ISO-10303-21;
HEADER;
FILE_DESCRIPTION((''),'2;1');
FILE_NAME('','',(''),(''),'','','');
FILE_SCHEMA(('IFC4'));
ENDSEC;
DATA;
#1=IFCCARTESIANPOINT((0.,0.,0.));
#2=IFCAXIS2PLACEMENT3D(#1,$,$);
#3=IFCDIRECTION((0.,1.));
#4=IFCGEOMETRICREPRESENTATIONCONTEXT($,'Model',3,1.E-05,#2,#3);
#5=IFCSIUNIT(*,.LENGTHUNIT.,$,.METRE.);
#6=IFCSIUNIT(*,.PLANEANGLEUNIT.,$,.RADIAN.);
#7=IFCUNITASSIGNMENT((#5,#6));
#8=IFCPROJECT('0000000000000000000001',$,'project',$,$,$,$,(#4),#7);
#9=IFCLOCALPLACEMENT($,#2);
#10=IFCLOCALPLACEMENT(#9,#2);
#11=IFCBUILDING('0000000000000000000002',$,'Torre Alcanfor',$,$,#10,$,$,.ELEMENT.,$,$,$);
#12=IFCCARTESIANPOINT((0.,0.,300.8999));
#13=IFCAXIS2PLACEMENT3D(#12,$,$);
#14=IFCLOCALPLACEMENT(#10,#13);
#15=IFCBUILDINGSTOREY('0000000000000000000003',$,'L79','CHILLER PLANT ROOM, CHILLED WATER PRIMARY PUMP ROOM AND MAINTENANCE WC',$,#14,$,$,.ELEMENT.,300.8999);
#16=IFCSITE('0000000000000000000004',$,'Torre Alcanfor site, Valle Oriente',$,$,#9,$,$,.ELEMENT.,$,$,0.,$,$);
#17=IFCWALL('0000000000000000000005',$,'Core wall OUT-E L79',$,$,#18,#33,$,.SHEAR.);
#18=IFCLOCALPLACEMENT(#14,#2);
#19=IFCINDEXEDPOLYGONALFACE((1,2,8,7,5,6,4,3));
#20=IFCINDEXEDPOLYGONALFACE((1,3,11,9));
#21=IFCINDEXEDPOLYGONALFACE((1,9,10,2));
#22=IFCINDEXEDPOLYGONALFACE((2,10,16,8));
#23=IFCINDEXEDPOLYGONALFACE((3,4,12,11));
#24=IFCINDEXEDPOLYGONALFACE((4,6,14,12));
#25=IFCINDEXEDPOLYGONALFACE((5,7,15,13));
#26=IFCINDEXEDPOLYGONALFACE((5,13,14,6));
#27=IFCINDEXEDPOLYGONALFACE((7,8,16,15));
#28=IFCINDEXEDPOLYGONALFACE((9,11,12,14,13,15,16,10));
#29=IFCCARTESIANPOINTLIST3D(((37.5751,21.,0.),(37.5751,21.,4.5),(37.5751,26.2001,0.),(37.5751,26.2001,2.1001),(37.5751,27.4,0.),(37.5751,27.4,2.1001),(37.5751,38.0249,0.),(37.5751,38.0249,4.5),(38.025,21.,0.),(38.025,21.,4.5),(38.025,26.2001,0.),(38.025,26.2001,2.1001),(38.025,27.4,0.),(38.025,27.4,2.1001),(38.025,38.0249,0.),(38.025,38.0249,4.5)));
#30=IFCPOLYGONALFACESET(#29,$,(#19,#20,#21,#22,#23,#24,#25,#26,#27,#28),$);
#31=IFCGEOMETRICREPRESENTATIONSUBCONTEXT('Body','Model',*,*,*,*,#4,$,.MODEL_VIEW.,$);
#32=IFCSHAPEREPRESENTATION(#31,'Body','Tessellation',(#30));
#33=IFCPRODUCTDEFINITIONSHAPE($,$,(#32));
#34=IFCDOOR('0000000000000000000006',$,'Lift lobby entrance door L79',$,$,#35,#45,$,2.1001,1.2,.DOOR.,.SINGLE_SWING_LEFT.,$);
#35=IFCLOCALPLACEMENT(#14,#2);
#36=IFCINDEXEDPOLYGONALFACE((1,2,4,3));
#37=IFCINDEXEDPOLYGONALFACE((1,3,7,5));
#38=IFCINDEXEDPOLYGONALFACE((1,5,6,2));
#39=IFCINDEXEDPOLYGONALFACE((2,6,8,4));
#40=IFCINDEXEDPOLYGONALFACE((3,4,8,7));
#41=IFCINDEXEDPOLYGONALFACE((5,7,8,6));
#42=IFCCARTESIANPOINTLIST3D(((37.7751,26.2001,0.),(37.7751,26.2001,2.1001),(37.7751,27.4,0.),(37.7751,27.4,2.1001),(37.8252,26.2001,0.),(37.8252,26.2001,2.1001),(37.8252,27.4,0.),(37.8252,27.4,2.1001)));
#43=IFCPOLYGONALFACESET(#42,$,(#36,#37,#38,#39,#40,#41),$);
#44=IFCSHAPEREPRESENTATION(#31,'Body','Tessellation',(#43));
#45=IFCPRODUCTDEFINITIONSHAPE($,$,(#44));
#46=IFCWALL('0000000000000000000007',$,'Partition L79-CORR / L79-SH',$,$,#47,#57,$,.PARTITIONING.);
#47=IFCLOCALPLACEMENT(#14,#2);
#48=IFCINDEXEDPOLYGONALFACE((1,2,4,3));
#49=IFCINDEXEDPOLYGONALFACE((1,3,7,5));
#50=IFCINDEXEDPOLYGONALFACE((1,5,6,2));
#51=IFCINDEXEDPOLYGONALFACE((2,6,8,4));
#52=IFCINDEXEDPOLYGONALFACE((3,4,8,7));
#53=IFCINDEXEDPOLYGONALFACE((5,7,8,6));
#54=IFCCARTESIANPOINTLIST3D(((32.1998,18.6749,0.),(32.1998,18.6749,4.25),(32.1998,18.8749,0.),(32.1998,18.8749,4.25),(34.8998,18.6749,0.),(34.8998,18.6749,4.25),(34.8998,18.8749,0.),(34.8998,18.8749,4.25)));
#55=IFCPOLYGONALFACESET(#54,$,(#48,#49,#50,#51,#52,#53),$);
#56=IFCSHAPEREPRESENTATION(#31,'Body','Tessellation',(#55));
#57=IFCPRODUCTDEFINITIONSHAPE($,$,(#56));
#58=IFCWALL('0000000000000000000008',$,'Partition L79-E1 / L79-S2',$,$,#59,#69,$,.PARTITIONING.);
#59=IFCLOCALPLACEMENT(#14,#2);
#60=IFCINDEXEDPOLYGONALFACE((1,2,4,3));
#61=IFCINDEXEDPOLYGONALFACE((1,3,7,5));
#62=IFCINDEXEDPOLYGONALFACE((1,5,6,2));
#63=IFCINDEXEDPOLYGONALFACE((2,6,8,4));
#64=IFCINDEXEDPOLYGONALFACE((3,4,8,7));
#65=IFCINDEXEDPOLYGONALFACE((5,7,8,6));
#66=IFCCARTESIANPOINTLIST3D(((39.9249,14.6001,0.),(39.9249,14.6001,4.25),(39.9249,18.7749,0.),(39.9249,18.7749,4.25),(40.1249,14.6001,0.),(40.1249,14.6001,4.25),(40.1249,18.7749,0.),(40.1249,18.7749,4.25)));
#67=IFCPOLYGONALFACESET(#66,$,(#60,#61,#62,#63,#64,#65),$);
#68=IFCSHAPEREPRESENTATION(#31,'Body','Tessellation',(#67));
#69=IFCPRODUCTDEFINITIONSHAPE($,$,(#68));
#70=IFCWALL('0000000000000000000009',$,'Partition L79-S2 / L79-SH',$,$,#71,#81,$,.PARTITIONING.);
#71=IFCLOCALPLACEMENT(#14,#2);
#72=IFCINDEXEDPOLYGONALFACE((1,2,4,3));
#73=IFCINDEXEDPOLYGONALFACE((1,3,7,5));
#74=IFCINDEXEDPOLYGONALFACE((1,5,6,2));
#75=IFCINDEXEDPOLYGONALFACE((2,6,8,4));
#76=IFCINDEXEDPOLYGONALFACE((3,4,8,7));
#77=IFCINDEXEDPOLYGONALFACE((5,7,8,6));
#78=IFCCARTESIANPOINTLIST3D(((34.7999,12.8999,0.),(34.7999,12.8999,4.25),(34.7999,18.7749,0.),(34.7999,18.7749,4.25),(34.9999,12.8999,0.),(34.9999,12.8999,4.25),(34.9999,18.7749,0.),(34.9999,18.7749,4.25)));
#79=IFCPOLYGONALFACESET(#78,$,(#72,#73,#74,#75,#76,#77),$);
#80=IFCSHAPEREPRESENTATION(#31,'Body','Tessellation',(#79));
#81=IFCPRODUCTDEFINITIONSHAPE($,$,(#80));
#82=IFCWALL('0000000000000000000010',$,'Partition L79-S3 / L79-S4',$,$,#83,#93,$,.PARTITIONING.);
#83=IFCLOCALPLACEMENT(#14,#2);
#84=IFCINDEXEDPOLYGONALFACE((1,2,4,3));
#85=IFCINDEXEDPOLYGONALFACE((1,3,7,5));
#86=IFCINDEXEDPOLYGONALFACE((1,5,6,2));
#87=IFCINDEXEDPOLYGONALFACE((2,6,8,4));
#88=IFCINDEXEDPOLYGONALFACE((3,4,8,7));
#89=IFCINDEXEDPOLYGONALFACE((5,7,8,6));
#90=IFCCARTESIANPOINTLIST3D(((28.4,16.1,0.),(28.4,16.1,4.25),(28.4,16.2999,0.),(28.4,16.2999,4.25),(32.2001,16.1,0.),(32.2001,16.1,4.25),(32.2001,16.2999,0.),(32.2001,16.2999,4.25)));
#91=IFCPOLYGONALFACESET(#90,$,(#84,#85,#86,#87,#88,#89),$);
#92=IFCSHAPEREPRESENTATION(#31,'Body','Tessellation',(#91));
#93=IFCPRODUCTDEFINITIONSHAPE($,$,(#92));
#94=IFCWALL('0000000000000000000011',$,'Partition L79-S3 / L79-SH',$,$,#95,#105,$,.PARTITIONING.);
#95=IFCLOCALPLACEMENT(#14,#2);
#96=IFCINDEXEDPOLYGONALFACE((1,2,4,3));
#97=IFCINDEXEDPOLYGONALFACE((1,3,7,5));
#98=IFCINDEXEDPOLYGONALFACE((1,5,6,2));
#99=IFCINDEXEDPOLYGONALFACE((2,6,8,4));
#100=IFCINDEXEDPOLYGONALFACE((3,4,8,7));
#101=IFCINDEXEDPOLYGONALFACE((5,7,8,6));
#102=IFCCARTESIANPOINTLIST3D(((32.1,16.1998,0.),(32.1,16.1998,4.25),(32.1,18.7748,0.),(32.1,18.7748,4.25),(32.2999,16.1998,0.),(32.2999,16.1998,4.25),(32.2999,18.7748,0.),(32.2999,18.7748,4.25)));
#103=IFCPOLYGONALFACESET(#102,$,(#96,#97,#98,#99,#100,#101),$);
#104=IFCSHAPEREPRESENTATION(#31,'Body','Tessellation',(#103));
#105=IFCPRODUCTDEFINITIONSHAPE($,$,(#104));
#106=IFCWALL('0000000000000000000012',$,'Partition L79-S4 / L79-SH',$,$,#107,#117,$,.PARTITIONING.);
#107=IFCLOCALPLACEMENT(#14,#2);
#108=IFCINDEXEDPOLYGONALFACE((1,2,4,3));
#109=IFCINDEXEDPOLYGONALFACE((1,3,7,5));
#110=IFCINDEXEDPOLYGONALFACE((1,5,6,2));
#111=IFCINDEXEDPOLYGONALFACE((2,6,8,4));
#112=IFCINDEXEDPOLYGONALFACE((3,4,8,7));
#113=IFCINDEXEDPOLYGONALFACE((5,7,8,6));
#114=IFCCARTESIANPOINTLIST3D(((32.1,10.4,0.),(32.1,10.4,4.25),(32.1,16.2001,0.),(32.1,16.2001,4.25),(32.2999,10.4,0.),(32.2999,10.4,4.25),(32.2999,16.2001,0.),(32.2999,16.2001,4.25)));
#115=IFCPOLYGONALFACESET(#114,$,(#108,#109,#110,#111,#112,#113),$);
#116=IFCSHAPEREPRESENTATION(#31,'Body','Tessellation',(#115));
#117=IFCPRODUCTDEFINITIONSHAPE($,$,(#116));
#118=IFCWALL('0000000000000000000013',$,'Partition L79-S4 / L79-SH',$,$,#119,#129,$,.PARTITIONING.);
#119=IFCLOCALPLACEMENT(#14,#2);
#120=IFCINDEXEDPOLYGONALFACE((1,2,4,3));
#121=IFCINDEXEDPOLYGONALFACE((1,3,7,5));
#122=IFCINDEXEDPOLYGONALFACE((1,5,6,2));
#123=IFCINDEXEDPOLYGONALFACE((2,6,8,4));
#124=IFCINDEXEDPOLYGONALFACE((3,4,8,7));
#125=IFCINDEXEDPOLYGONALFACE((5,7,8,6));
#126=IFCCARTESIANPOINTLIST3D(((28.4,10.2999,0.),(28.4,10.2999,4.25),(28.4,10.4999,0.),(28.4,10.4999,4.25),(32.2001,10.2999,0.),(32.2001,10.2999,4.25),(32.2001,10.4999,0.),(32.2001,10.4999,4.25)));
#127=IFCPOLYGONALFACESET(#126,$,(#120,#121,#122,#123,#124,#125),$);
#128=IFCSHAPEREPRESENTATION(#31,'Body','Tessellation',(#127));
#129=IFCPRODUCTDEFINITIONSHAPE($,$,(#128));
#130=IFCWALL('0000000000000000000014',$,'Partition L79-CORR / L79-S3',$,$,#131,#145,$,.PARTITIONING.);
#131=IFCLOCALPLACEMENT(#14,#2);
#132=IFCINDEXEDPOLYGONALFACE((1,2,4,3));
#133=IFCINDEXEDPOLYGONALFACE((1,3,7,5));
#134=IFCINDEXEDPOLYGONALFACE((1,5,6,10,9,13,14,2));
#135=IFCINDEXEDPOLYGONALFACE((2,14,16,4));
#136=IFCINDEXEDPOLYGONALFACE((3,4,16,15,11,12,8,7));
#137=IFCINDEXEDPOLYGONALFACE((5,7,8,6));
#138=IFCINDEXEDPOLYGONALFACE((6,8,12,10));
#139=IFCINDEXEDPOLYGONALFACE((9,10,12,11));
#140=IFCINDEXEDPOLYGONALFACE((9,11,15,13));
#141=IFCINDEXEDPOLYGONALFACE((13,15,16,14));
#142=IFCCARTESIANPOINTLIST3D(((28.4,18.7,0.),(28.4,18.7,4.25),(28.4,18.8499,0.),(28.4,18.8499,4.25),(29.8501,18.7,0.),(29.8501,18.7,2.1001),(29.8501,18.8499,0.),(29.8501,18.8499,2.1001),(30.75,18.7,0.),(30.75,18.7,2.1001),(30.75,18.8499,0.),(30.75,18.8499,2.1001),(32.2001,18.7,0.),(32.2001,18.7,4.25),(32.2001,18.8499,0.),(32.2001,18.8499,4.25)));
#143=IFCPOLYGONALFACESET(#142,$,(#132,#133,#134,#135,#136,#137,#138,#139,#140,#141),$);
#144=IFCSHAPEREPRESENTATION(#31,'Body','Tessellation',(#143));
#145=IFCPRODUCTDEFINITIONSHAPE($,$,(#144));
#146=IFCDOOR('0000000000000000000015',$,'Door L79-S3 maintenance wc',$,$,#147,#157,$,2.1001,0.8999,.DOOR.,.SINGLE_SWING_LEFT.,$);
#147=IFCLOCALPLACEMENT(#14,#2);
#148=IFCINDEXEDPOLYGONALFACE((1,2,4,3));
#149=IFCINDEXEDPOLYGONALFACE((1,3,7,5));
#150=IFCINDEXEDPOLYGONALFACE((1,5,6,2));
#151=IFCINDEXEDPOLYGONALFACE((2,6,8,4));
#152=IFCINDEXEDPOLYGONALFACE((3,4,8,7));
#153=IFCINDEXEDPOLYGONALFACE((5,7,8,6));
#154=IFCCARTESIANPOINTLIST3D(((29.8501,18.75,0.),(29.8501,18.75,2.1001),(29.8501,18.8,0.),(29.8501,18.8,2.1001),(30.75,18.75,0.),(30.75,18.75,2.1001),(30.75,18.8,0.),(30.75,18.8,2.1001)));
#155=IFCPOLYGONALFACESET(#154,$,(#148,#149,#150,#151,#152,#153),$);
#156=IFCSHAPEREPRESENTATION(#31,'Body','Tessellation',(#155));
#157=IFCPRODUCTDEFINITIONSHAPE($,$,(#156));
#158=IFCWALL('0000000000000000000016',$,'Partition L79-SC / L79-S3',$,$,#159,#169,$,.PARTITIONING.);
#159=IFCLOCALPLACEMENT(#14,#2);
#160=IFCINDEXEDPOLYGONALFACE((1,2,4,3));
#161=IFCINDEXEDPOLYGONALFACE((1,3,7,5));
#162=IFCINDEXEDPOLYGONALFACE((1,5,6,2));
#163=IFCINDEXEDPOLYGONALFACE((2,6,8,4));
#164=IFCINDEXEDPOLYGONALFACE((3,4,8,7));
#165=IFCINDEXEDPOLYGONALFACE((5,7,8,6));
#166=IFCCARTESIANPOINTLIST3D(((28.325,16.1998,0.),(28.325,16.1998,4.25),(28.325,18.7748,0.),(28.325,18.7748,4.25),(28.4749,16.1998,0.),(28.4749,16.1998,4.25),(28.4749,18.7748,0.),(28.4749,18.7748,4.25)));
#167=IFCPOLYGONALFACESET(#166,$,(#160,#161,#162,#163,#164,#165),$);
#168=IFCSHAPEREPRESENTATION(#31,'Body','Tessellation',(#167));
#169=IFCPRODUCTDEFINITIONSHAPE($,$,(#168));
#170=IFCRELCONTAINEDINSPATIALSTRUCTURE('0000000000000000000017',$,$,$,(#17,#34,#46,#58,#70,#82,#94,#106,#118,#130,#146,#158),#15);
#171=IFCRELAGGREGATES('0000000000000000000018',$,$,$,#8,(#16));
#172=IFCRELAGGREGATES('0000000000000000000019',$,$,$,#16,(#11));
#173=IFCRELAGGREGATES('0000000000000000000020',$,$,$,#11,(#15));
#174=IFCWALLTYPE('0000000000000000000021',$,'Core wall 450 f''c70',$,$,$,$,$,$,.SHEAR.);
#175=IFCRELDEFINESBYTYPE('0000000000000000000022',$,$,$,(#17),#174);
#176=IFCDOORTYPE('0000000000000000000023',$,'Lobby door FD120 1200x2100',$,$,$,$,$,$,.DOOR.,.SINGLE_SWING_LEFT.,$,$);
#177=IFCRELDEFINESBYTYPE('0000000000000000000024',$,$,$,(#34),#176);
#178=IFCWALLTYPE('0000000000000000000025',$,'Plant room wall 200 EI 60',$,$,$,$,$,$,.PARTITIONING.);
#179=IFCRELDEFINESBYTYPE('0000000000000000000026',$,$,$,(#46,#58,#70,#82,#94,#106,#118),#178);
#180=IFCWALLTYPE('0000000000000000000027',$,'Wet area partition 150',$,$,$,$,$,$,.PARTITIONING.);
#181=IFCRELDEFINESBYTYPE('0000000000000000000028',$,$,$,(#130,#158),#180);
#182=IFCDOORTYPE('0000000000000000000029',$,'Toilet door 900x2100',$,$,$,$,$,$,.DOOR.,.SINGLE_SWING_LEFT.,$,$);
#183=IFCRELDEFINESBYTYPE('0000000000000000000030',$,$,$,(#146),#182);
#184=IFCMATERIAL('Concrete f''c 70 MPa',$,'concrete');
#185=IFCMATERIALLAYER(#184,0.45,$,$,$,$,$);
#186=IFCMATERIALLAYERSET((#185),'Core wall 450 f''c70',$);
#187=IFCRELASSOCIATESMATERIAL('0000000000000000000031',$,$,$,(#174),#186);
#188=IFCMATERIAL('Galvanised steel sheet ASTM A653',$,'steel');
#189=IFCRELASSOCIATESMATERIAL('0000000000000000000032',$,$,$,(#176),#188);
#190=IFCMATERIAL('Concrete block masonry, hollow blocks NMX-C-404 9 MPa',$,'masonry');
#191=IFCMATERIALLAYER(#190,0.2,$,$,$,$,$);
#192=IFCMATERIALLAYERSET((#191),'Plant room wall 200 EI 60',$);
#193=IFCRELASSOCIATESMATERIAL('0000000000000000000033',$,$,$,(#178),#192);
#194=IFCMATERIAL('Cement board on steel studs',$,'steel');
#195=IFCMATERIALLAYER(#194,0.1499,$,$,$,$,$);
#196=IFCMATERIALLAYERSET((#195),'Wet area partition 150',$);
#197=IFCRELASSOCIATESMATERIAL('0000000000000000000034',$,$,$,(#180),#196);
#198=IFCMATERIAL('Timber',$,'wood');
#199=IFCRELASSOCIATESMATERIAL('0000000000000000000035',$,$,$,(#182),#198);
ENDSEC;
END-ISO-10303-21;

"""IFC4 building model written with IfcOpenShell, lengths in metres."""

from ifc_helpers import new_model, si_unit, direction, frame, frame_2d, origin, place, context, subcontext, project, spatial, rectangle, extrude, material, layer, layer_set, type_object, element, fill, save


model = new_model("IFC4")

# Units and contexts
model_context = context("Model", 3, precision=1e-05, world=origin(), true_north=direction((0.0, 1.0)))
body_context = subcontext(model_context, "Body", "Model", "MODEL_VIEW")
ifc_project = project(units=[si_unit("LENGTHUNIT", "METRE"), si_unit("PLANEANGLEUNIT", "RADIAN")], contexts=[model_context])

# Site, building, storey
site_placement = place(None, origin())
site = spatial("IfcSite", under=ifc_project, at=site_placement, Name="Torre Alcanfor site, Valle Oriente", CompositionType="ELEMENT", RefElevation=0.0)
building_placement = place(site_placement, origin())
building = spatial("IfcBuilding", under=site, at=building_placement, Name="Torre Alcanfor", CompositionType="ELEMENT")
storey_placement = place(building_placement, frame((0.0, 0.0, 300.8999)))
storey = spatial("IfcBuildingStorey", under=building, at=storey_placement, Name="L79", Description="CHILLER PLANT ROOM, CHILLED WATER PRIMARY PUMP ROOM AND MAINTENANCE WC", CompositionType="ELEMENT", Elevation=300.8999)

# Wall, opening, door
ifc_material_1 = material(Name="Concrete f'c 70 MPa", Category="concrete")
ifc_layer_1 = layer(ifc_material_1, 0.45)
ifc_layer_set_1 = layer_set([ifc_layer_1], Name="Core wall 450 f'c70")
wall_type_1 = type_object("IfcWallType", Name="Core wall 450 f'c70", PredefinedType="SHEAR", material=ifc_layer_set_1)
wall_1_placement = place(storey_placement, frame((37.8, 21.0, 0.0), z_axis=(0.0, 0.0, 1.0), x_axis=(0.0, 1.0, 0.0)))
wall_1 = element("IfcWall", 1, at=wall_1_placement, inside=storey, type_object=wall_type_1, Name="Core wall OUT-E L79", PredefinedType="SHEAR", context=body_context, shape_type="SweptSolid", body=[
    extrude(rectangle(XDim=17.0249, YDim=0.45, at=frame_2d((8.5125, 0.0))), origin(), (0.0, 0.0, 1.0), 4.5),
])
opening_1_placement = place(wall_1_placement, frame((5.2, 0.0, 0.0)))
opening_1 = element("IfcOpeningElement", 2, at=opening_1_placement, cuts=wall_1, PredefinedType="OPENING", context=body_context, shape_type="SweptSolid", body=[
    extrude(rectangle(XDim=1.2, YDim=2.1001, at=frame_2d((0.6001, 1.05))), frame((0.0, 0.2349, 0.0), z_axis=(0.0, -1.0, 0.0), x_axis=(1.0, 0.0, 0.0)), (0.0, 0.0, 1.0), 0.47),
])
ifc_material_2 = material(Name="Galvanised steel sheet ASTM A653", Category="steel")
door_type_1 = type_object("IfcDoorType", Name="Lobby door FD120 1200x2100", OperationType="SINGLE_SWING_LEFT", PredefinedType="DOOR", material=ifc_material_2)
door_1_placement = place(opening_1_placement, origin())
door_1 = element("IfcDoor", 3, at=door_1_placement, inside=storey, type_object=door_type_1, Name="Lift lobby entrance door L79", OperationType="SINGLE_SWING_LEFT", OverallHeight=2.1001, OverallWidth=1.2, PredefinedType="DOOR", context=body_context, shape_type="SweptSolid", body=[
    extrude(rectangle(XDim=1.2, YDim=2.1001, at=frame_2d((0.6001, 1.05))), frame((0.0, 0.0249, 0.0), z_axis=(0.0, -1.0, 0.0), x_axis=(1.0, 0.0, 0.0)), (0.0, 0.0, 1.0), 0.05),
])
fill(opening_1, door_1)
ifc_material_3 = material(Name="Concrete block masonry, hollow blocks NMX-C-404 9 MPa", Category="masonry")
ifc_layer_2 = layer(ifc_material_3, 0.2)
ifc_layer_set_2 = layer_set([ifc_layer_2], Name="Plant room wall 200 EI 60")
wall_type_2 = type_object("IfcWallType", Name="Plant room wall 200 EI 60", PredefinedType="PARTITIONING", material=ifc_layer_set_2)

# Walls
wall_2_placement = place(storey_placement, frame((34.8999, 18.7749, 0.0), z_axis=(0.0, 0.0, 1.0), x_axis=(-1.0, 0.0, 0.0)))
element("IfcWall", 4, at=wall_2_placement, inside=storey, type_object=wall_type_2, Name="Partition L79-CORR / L79-SH", PredefinedType="PARTITIONING", context=body_context, shape_type="SweptSolid", body=[
    extrude(rectangle(XDim=2.7, YDim=0.2, at=frame_2d((1.3501, 0.0))), origin(), (0.0, 0.0, 1.0), 4.25),
])
wall_3_placement = place(storey_placement, frame((40.0249, 14.6001, 0.0), z_axis=(0.0, 0.0, 1.0), x_axis=(0.0, 1.0, 0.0)))
element("IfcWall", 5, at=wall_3_placement, inside=storey, type_object=wall_type_2, Name="Partition L79-E1 / L79-S2", PredefinedType="PARTITIONING", context=body_context, shape_type="SweptSolid", body=[
    extrude(rectangle(XDim=4.1748, YDim=0.2, at=frame_2d((2.0874, 0.0))), origin(), (0.0, 0.0, 1.0), 4.25),
])
wall_4_placement = place(storey_placement, frame((34.8999, 12.8999, 0.0), z_axis=(0.0, 0.0, 1.0), x_axis=(0.0, 1.0, 0.0)))
element("IfcWall", 6, at=wall_4_placement, inside=storey, type_object=wall_type_2, Name="Partition L79-S2 / L79-SH", PredefinedType="PARTITIONING", context=body_context, shape_type="SweptSolid", body=[
    extrude(rectangle(XDim=5.875, YDim=0.2, at=frame_2d((2.9375, 0.0))), origin(), (0.0, 0.0, 1.0), 4.25),
])

# Walls
wall_5_placement = place(storey_placement, frame((32.2, 16.2, 0.0), z_axis=(0.0, 0.0, 1.0), x_axis=(-1.0, 0.0, 0.0)))
element("IfcWall", 7, at=wall_5_placement, inside=storey, type_object=wall_type_2, Name="Partition L79-S3 / L79-S4", PredefinedType="PARTITIONING", context=body_context, shape_type="SweptSolid", body=[
    extrude(rectangle(XDim=3.8, YDim=0.2, at=frame_2d((1.8999, 0.0))), origin(), (0.0, 0.0, 1.0), 4.25),
])
wall_6_placement = place(storey_placement, frame((32.2, 18.7749, 0.0), z_axis=(0.0, 0.0, 1.0), x_axis=(0.0, -1.0, 0.0)))
element("IfcWall", 8, at=wall_6_placement, inside=storey, type_object=wall_type_2, Name="Partition L79-S3 / L79-SH", PredefinedType="PARTITIONING", context=body_context, shape_type="SweptSolid", body=[
    extrude(rectangle(XDim=2.575, YDim=0.2, at=frame_2d((1.2876, 0.0))), origin(), (0.0, 0.0, 1.0), 4.25),
])
wall_7_placement = place(storey_placement, frame((32.2, 16.2, 0.0), z_axis=(0.0, 0.0, 1.0), x_axis=(0.0, -1.0, 0.0)))
element("IfcWall", 9, at=wall_7_placement, inside=storey, type_object=wall_type_2, Name="Partition L79-S4 / L79-SH", PredefinedType="PARTITIONING", context=body_context, shape_type="SweptSolid", body=[
    extrude(rectangle(XDim=5.8, YDim=0.2, at=frame_2d((2.8999, 0.0))), origin(), (0.0, 0.0, 1.0), 4.25),
])
wall_8_placement = place(storey_placement, frame((32.2, 10.3999, 0.0), z_axis=(0.0, 0.0, 1.0), x_axis=(-1.0, 0.0, 0.0)))
element("IfcWall", 10, at=wall_8_placement, inside=storey, type_object=wall_type_2, Name="Partition L79-S4 / L79-SH", PredefinedType="PARTITIONING", context=body_context, shape_type="SweptSolid", body=[
    extrude(rectangle(XDim=3.8, YDim=0.2, at=frame_2d((1.8999, 0.0))), origin(), (0.0, 0.0, 1.0), 4.25),
])

# Wall, opening, door
ifc_material_4 = material(Name="Cement board on steel studs", Category="steel")
ifc_layer_3 = layer(ifc_material_4, 0.1499)
ifc_layer_set_3 = layer_set([ifc_layer_3], Name="Wet area partition 150")
wall_type_3 = type_object("IfcWallType", Name="Wet area partition 150", PredefinedType="PARTITIONING", material=ifc_layer_set_3)
wall_9_placement = place(storey_placement, frame((32.2, 18.7749, 0.0), z_axis=(0.0, 0.0, 1.0), x_axis=(-1.0, 0.0, 0.0)))
wall_9 = element("IfcWall", 11, at=wall_9_placement, inside=storey, type_object=wall_type_3, Name="Partition L79-CORR / L79-S3", PredefinedType="PARTITIONING", context=body_context, shape_type="SweptSolid", body=[
    extrude(rectangle(XDim=3.8, YDim=0.1499, at=frame_2d((1.8999, 0.0))), origin(), (0.0, 0.0, 1.0), 4.25),
])
opening_2_placement = place(wall_9_placement, frame((1.45, 0.0, 0.0)))
opening_2 = element("IfcOpeningElement", 12, at=opening_2_placement, cuts=wall_9, PredefinedType="OPENING", context=body_context, shape_type="SweptSolid", body=[
    extrude(rectangle(XDim=0.8999, YDim=2.1001, at=frame_2d((0.45, 1.05))), frame((0.0, 0.085, 0.0), z_axis=(0.0, -1.0, 0.0), x_axis=(1.0, 0.0, 0.0)), (0.0, 0.0, 1.0), 0.1699),
])
ifc_material_5 = material(Name="Timber", Category="wood")
door_type_2 = type_object("IfcDoorType", Name="Toilet door 900x2100", OperationType="SINGLE_SWING_LEFT", PredefinedType="DOOR", material=ifc_material_5)
door_2_placement = place(opening_2_placement, origin())
door_2 = element("IfcDoor", 13, at=door_2_placement, inside=storey, type_object=door_type_2, Name="Door L79-S3 maintenance wc", OperationType="SINGLE_SWING_LEFT", OverallHeight=2.1001, OverallWidth=0.8999, PredefinedType="DOOR", context=body_context, shape_type="SweptSolid", body=[
    extrude(rectangle(XDim=0.8999, YDim=2.1001, at=frame_2d((0.45, 1.05))), frame((0.0, 0.0249, 0.0), z_axis=(0.0, -1.0, 0.0), x_axis=(1.0, 0.0, 0.0)), (0.0, 0.0, 1.0), 0.05),
])
fill(opening_2, door_2)

# Wall
wall_10_placement = place(storey_placement, frame((28.3999, 18.7749, 0.0), z_axis=(0.0, 0.0, 1.0), x_axis=(0.0, -1.0, 0.0)))
element("IfcWall", 14, at=wall_10_placement, inside=storey, type_object=wall_type_3, Name="Partition L79-SC / L79-S3", PredefinedType="PARTITIONING", context=body_context, shape_type="SweptSolid", body=[
    extrude(rectangle(XDim=2.575, YDim=0.1499, at=frame_2d((1.2876, 0.0))), origin(), (0.0, 0.0, 1.0), 4.25),
])

save(model, "model.ifc")
